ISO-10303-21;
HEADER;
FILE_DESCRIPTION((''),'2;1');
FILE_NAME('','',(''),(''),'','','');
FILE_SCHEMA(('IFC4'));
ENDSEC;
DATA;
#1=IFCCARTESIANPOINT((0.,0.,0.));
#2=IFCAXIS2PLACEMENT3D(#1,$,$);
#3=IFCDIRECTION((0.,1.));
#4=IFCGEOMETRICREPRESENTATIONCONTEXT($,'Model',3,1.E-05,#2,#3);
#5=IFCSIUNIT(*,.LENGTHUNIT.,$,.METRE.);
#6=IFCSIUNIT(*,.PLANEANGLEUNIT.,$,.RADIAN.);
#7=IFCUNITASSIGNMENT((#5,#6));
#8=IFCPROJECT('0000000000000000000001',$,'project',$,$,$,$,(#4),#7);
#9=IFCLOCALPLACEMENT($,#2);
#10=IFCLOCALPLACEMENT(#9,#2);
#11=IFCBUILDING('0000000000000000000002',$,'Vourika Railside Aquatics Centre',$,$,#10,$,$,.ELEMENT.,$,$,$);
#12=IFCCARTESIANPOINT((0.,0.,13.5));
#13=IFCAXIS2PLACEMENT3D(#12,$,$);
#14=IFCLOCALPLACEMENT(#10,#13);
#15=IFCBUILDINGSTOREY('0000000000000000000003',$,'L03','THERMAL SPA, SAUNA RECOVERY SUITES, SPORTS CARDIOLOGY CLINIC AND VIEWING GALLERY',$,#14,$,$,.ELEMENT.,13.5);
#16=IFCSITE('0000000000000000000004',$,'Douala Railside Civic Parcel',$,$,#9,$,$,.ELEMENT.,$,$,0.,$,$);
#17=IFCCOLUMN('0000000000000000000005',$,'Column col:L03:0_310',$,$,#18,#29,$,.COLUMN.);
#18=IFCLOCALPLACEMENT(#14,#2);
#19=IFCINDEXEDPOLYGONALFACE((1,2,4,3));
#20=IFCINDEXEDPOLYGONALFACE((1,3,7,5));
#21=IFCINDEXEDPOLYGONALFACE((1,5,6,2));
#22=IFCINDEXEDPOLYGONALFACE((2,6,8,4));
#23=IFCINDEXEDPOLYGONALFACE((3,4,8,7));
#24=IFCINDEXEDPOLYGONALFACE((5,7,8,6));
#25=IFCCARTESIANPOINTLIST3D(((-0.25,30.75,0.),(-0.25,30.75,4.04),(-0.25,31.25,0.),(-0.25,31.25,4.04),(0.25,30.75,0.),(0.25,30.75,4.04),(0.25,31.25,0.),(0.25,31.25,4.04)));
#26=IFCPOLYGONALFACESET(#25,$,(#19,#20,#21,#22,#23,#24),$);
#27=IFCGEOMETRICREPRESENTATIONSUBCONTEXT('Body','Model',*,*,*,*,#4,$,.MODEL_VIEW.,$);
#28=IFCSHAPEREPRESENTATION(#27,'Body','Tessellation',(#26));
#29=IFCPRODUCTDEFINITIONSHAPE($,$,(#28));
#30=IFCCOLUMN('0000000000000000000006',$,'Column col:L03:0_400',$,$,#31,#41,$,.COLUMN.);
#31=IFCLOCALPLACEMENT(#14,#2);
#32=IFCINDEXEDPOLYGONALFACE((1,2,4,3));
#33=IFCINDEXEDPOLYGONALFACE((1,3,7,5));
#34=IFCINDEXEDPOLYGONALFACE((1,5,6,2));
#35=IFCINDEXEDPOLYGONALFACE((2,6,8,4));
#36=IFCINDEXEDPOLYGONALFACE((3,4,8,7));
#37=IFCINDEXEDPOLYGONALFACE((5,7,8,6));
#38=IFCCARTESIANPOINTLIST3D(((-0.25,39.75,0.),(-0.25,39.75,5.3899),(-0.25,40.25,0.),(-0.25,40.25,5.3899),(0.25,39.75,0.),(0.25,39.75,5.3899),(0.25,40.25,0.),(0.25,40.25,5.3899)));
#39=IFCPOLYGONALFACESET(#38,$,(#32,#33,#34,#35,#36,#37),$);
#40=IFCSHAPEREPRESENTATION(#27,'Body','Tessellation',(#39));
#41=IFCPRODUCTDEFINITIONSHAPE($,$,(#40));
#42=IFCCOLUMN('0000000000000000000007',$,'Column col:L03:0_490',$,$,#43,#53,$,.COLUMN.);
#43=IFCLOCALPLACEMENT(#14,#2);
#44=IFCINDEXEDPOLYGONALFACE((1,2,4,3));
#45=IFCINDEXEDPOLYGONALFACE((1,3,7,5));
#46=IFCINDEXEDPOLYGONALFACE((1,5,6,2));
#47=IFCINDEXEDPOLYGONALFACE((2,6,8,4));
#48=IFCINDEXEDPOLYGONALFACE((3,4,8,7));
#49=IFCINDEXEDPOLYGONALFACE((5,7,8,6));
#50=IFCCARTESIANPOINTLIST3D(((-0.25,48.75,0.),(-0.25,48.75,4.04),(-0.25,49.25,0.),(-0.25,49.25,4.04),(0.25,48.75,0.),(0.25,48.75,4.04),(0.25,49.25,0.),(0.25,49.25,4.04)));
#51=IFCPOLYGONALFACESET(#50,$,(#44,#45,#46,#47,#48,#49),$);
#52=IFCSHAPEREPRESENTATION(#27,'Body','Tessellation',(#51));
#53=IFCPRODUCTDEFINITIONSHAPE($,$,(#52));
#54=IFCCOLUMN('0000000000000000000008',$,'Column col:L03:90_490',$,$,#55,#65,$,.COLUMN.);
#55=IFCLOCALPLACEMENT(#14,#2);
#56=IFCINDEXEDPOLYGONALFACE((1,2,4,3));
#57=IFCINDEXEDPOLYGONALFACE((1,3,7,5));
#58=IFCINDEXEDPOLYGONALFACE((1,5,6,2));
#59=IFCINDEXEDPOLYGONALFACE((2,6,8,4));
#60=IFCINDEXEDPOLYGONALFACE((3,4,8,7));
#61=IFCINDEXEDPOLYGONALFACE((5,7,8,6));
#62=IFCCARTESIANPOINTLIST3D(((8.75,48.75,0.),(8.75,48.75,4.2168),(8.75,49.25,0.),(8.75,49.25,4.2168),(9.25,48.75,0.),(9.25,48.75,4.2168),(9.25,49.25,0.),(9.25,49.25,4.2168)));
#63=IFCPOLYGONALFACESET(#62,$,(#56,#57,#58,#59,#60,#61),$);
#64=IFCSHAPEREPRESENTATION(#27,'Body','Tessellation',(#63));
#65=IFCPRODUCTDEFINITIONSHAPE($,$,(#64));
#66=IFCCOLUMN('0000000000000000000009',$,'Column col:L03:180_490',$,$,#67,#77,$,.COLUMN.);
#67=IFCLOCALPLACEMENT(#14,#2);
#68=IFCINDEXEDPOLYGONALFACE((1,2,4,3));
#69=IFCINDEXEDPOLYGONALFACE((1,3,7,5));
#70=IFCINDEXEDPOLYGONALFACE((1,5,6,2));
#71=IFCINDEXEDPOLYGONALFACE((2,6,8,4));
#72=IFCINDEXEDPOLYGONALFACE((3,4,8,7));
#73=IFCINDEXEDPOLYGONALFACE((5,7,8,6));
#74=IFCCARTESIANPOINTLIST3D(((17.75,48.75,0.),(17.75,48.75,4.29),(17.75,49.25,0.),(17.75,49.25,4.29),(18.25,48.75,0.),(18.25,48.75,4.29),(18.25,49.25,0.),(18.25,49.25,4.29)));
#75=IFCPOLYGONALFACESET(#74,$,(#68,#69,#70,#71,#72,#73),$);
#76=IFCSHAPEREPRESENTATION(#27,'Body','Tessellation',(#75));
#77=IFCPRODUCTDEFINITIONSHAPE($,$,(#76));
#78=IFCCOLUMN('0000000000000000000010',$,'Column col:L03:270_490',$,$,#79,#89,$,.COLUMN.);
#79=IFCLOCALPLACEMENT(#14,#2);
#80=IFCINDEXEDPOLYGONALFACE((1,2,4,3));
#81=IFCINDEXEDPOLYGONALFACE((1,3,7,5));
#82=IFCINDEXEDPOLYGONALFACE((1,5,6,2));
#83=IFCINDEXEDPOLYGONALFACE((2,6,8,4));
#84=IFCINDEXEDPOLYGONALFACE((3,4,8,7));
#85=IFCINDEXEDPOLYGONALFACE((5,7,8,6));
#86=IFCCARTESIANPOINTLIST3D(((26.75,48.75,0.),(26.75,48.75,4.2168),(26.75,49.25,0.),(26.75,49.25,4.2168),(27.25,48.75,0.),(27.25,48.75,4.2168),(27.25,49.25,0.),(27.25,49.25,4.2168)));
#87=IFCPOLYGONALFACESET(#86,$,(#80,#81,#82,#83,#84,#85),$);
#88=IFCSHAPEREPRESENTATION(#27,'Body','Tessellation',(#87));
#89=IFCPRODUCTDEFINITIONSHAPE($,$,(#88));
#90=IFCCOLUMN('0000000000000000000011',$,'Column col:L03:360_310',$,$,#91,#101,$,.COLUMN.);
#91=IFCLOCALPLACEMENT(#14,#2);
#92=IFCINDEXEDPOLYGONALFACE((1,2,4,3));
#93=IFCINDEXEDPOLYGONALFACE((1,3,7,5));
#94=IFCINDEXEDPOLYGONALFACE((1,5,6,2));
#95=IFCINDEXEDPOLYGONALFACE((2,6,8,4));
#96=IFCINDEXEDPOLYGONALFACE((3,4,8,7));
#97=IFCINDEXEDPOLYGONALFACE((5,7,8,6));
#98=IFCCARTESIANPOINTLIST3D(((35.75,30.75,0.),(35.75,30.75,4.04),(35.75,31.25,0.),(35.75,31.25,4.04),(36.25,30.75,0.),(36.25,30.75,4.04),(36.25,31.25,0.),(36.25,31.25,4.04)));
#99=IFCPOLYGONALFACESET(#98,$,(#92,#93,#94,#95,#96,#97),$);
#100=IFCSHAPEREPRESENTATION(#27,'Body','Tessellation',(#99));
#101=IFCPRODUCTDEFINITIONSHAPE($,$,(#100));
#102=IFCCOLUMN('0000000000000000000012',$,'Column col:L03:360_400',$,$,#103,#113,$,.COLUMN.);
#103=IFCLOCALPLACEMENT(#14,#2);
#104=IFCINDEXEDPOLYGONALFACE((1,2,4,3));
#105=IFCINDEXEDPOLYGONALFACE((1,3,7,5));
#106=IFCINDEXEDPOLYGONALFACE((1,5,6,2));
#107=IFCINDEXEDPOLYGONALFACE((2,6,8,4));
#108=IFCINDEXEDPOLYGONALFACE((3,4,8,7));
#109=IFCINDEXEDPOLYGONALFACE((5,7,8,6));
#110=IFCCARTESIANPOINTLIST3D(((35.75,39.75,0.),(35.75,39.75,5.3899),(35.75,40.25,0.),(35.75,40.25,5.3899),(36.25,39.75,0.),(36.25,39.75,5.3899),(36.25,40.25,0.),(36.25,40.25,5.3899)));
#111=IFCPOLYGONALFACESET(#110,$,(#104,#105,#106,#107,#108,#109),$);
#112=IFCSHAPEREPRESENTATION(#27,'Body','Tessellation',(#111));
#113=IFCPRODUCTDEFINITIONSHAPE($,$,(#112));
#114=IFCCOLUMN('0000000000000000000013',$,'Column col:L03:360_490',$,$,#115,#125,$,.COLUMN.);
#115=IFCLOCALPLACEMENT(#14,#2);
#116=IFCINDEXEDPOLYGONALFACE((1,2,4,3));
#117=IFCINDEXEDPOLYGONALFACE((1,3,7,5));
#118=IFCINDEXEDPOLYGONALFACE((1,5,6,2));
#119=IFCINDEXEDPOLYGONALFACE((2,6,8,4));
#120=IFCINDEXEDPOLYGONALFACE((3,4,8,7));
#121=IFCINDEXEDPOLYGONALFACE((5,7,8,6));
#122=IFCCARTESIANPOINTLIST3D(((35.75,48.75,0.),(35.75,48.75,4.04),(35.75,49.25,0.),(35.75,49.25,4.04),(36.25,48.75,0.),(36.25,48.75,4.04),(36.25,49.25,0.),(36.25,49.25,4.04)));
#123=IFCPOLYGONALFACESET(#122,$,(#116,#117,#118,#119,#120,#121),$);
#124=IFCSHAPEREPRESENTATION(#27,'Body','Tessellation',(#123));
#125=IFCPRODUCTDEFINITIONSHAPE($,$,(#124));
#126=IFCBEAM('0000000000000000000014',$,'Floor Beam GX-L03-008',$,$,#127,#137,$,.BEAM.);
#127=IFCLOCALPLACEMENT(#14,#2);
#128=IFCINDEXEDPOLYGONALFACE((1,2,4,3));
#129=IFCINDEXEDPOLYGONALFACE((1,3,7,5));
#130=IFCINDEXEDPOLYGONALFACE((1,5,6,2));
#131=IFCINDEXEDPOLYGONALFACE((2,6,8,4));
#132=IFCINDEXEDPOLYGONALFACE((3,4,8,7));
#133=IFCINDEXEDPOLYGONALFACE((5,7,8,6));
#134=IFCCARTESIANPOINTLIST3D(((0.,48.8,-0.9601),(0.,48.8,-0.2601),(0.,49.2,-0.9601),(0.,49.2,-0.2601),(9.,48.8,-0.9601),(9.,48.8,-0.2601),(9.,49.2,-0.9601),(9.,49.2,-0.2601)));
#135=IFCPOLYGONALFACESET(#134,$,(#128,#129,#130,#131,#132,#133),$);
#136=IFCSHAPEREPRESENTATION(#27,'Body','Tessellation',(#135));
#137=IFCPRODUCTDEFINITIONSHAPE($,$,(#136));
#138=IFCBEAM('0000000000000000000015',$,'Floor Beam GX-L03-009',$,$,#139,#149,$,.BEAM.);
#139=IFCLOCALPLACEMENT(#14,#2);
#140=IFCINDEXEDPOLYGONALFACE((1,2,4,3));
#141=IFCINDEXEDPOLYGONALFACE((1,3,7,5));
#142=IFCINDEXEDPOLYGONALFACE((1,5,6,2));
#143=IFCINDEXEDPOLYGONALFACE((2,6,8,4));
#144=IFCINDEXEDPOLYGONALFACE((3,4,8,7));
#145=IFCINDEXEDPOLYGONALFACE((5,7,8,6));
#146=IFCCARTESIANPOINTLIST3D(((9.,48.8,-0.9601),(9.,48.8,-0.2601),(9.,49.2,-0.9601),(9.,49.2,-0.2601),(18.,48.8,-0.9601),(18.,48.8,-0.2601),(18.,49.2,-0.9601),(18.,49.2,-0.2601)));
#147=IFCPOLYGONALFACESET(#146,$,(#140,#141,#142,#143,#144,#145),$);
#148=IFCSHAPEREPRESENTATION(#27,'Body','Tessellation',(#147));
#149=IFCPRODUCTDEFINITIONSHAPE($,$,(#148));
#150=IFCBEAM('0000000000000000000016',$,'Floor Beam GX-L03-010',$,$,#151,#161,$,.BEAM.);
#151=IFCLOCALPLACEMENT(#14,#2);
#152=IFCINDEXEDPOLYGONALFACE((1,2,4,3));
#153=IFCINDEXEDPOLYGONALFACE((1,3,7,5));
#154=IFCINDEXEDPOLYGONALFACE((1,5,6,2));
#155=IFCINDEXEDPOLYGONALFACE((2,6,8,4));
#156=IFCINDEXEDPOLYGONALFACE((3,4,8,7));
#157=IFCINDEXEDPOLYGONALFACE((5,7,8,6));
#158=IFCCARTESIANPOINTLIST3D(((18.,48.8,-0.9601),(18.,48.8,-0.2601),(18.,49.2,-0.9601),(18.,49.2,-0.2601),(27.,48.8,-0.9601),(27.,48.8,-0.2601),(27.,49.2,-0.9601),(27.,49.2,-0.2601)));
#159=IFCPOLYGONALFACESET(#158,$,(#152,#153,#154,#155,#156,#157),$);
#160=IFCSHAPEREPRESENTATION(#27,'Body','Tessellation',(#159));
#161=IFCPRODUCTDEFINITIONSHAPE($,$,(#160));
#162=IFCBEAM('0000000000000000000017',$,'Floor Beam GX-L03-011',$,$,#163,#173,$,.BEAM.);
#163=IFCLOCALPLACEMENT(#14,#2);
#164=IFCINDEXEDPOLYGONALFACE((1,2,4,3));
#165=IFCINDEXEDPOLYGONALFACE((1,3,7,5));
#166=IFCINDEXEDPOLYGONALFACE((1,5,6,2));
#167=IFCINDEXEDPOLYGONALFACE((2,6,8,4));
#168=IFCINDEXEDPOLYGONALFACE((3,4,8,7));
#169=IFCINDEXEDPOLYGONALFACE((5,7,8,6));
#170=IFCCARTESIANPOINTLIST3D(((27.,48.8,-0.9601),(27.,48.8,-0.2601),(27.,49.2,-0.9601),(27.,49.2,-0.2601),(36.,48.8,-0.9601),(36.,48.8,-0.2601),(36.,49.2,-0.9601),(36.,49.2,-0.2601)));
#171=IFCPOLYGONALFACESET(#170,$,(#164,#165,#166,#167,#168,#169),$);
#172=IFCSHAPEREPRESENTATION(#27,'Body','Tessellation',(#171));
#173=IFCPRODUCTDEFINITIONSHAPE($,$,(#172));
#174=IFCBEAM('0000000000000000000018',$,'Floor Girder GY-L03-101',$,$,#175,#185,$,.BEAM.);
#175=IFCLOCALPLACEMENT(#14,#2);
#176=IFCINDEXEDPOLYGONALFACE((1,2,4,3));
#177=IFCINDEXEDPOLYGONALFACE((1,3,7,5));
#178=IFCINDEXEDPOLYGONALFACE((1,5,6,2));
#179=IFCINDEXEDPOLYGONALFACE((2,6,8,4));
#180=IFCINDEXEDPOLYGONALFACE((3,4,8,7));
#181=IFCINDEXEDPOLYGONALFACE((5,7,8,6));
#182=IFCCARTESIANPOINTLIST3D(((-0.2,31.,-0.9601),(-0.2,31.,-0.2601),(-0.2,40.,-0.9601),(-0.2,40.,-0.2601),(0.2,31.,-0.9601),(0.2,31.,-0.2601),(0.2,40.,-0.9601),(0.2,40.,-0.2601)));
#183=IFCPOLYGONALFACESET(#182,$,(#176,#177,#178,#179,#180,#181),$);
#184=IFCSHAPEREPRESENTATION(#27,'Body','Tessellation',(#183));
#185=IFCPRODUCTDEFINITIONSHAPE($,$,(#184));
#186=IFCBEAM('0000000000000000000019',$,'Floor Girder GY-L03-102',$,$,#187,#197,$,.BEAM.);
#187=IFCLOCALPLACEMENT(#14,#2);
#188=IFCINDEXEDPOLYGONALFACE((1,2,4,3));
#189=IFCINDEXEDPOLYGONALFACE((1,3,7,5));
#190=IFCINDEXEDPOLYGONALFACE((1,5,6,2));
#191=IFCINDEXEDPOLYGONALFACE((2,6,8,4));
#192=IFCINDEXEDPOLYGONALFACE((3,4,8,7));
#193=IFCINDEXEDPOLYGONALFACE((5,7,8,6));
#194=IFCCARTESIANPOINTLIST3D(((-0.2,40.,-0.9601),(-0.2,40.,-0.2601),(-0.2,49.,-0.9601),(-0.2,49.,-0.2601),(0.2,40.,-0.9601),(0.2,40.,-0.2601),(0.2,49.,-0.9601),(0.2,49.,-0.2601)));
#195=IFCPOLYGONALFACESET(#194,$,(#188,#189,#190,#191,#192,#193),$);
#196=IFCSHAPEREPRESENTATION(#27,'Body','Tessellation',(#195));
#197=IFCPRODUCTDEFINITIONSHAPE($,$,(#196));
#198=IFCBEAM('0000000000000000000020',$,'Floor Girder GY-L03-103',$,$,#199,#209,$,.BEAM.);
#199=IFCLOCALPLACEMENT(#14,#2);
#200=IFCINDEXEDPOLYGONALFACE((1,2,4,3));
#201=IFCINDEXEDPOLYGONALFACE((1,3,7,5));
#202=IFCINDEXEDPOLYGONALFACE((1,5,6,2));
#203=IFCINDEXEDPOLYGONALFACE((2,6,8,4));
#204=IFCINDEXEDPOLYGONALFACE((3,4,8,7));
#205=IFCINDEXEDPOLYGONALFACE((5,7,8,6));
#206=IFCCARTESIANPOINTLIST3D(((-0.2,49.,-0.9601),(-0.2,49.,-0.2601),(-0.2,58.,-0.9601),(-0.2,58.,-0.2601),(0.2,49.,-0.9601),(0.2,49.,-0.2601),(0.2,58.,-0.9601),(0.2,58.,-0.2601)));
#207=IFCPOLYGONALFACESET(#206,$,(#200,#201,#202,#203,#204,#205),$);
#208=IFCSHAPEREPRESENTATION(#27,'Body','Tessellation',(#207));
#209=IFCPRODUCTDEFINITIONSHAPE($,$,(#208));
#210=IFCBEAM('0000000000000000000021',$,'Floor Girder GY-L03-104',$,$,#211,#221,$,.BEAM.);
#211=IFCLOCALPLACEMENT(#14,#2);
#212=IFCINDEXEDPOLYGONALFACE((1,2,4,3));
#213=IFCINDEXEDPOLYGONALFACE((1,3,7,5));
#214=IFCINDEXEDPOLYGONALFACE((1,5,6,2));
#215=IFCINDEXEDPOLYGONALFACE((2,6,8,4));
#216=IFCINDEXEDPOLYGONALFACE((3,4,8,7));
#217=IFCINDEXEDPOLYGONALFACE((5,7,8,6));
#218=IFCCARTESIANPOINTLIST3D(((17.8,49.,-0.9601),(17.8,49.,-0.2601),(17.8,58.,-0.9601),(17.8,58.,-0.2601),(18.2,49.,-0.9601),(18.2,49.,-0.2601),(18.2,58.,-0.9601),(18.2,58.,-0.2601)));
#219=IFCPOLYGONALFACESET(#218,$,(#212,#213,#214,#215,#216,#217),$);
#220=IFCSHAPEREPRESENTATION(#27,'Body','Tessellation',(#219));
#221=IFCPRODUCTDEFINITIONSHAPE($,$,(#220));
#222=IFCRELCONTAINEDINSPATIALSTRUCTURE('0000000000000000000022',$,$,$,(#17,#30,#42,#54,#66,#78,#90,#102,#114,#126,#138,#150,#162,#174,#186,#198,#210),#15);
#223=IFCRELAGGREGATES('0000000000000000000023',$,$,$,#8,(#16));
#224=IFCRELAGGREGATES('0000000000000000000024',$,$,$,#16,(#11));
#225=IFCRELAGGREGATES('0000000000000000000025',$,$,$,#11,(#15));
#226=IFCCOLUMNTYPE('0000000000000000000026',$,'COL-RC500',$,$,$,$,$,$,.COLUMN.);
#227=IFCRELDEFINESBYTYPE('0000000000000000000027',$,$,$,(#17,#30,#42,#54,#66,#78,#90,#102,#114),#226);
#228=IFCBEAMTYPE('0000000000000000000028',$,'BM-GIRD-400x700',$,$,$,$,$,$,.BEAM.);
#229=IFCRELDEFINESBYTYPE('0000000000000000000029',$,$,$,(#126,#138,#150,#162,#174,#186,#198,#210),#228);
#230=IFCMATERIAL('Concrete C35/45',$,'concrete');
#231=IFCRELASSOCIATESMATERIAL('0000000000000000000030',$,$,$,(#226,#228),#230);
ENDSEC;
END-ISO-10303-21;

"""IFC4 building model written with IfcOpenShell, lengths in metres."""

from ifc_helpers import new_model, si_unit, direction, frame, origin, origin_2d, place, context, subcontext, project, spatial, rectangle, extrude, material, material_profile, profile_set, type_object, element, save


model = new_model("IFC4")

# Units and contexts
model_context = context("Model", 3, precision=1e-05, world=origin(), true_north=direction((0.0, 1.0)))
body_context = subcontext(model_context, "Body", "Model", "MODEL_VIEW")
ifc_project = project(units=[si_unit("LENGTHUNIT", "METRE"), si_unit("PLANEANGLEUNIT", "RADIAN")], contexts=[model_context])

# Site, building, storey
site_placement = place(None, origin())
site = spatial("IfcSite", under=ifc_project, at=site_placement, Name="Douala Railside Civic Parcel", CompositionType="ELEMENT", RefElevation=0.0)
building_placement = place(site_placement, origin())
building = spatial("IfcBuilding", under=site, at=building_placement, Name="Vourika Railside Aquatics Centre", CompositionType="ELEMENT")
storey_placement = place(building_placement, frame((0.0, 0.0, 13.5)))
storey = spatial("IfcBuildingStorey", under=building, at=storey_placement, Name="L03", Description="THERMAL SPA, SAUNA RECOVERY SUITES, SPORTS CARDIOLOGY CLINIC AND VIEWING GALLERY", CompositionType="ELEMENT", Elevation=13.5)

# Columns
ifc_material_1 = material(Name="Concrete C35/45", Category="concrete")
ifc_material_profile_1 = material_profile(ifc_material_1, rectangle(XDim=0.5, YDim=0.5, at=origin_2d()), Name="RC 500x500")
ifc_profile_set_1 = profile_set([ifc_material_profile_1], Name="Concrete C35/45")
column_type = type_object("IfcColumnType", Name="COL-RC500", PredefinedType="COLUMN", material=ifc_profile_set_1)
column_1_placement = place(storey_placement, frame((0.0, 31.0, 0.0), z_axis=(0.0, 0.0, 1.0), x_axis=(1.0, 0.0, 0.0)))
element("IfcColumn", 1, at=column_1_placement, inside=storey, type_object=column_type, Name="Column col:L03:0_310", PredefinedType="COLUMN", context=body_context, shape_type="SweptSolid", body=[
    extrude(rectangle(XDim=0.5, YDim=0.5, at=origin_2d()), origin(), (0.0, 0.0, 1.0), 4.04),
])
column_2_placement = place(storey_placement, frame((0.0, 40.0, 0.0), z_axis=(0.0, 0.0, 1.0), x_axis=(1.0, 0.0, 0.0)))
element("IfcColumn", 2, at=column_2_placement, inside=storey, type_object=column_type, Name="Column col:L03:0_400", PredefinedType="COLUMN", context=body_context, shape_type="SweptSolid", body=[
    extrude(rectangle(XDim=0.5, YDim=0.5, at=origin_2d()), origin(), (0.0, 0.0, 1.0), 5.3899),
])
column_3_placement = place(storey_placement, frame((0.0, 49.0, 0.0), z_axis=(0.0, 0.0, 1.0), x_axis=(1.0, 0.0, 0.0)))
element("IfcColumn", 3, at=column_3_placement, inside=storey, type_object=column_type, Name="Column col:L03:0_490", PredefinedType="COLUMN", context=body_context, shape_type="SweptSolid", body=[
    extrude(rectangle(XDim=0.5, YDim=0.5, at=origin_2d()), origin(), (0.0, 0.0, 1.0), 4.04),
])
column_4_placement = place(storey_placement, frame((9.0, 49.0, 0.0), z_axis=(0.0, 0.0, 1.0), x_axis=(1.0, 0.0, 0.0)))
element("IfcColumn", 4, at=column_4_placement, inside=storey, type_object=column_type, Name="Column col:L03:90_490", PredefinedType="COLUMN", context=body_context, shape_type="SweptSolid", body=[
    extrude(rectangle(XDim=0.5, YDim=0.5, at=origin_2d()), origin(), (0.0, 0.0, 1.0), 4.2168),
])
column_5_placement = place(storey_placement, frame((18.0, 49.0, 0.0), z_axis=(0.0, 0.0, 1.0), x_axis=(1.0, 0.0, 0.0)))
element("IfcColumn", 5, at=column_5_placement, inside=storey, type_object=column_type, Name="Column col:L03:180_490", PredefinedType="COLUMN", context=body_context, shape_type="SweptSolid", body=[
    extrude(rectangle(XDim=0.5, YDim=0.5, at=origin_2d()), origin(), (0.0, 0.0, 1.0), 4.29),
])
column_6_placement = place(storey_placement, frame((27.0, 49.0, 0.0), z_axis=(0.0, 0.0, 1.0), x_axis=(1.0, 0.0, 0.0)))
element("IfcColumn", 6, at=column_6_placement, inside=storey, type_object=column_type, Name="Column col:L03:270_490", PredefinedType="COLUMN", context=body_context, shape_type="SweptSolid", body=[
    extrude(rectangle(XDim=0.5, YDim=0.5, at=origin_2d()), origin(), (0.0, 0.0, 1.0), 4.2168),
])
column_7_placement = place(storey_placement, frame((36.0, 31.0, 0.0), z_axis=(0.0, 0.0, 1.0), x_axis=(1.0, 0.0, 0.0)))
element("IfcColumn", 7, at=column_7_placement, inside=storey, type_object=column_type, Name="Column col:L03:360_310", PredefinedType="COLUMN", context=body_context, shape_type="SweptSolid", body=[
    extrude(rectangle(XDim=0.5, YDim=0.5, at=origin_2d()), origin(), (0.0, 0.0, 1.0), 4.04),
])
column_8_placement = place(storey_placement, frame((36.0, 40.0, 0.0), z_axis=(0.0, 0.0, 1.0), x_axis=(1.0, 0.0, 0.0)))
element("IfcColumn", 8, at=column_8_placement, inside=storey, type_object=column_type, Name="Column col:L03:360_400", PredefinedType="COLUMN", context=body_context, shape_type="SweptSolid", body=[
    extrude(rectangle(XDim=0.5, YDim=0.5, at=origin_2d()), origin(), (0.0, 0.0, 1.0), 5.3899),
])
column_9_placement = place(storey_placement, frame((36.0, 49.0, 0.0), z_axis=(0.0, 0.0, 1.0), x_axis=(1.0, 0.0, 0.0)))
element("IfcColumn", 9, at=column_9_placement, inside=storey, type_object=column_type, Name="Column col:L03:360_490", PredefinedType="COLUMN", context=body_context, shape_type="SweptSolid", body=[
    extrude(rectangle(XDim=0.5, YDim=0.5, at=origin_2d()), origin(), (0.0, 0.0, 1.0), 4.04),
])

# Beams
ifc_material_profile_2 = material_profile(ifc_material_1, rectangle(XDim=0.3999, YDim=0.7, at=origin_2d()), Name="RC 400x700")
ifc_profile_set_2 = profile_set([ifc_material_profile_2], Name="Concrete C35/45")
beam_type_1 = type_object("IfcBeamType", Name="BM-GIRD-400x700", PredefinedType="BEAM", material=ifc_profile_set_2)
for number, where, z_axis, x_axis, name in (
    (10, (0.0, 49.0, -0.6101), (1.0, 0.0, 0.0), (0.0, 1.0, 0.0), "Floor Beam GX-L03-008"),
    (11, (9.0, 49.0, -0.6101), (1.0, 0.0, 0.0), (0.0, 1.0, 0.0), "Floor Beam GX-L03-009"),
    (12, (18.0, 49.0, -0.6101), (1.0, 0.0, 0.0), (0.0, 1.0, 0.0), "Floor Beam GX-L03-010"),
    (13, (27.0, 49.0, -0.6101), (1.0, 0.0, 0.0), (0.0, 1.0, 0.0), "Floor Beam GX-L03-011"),
    (14, (0.0, 31.0, -0.6101), (0.0, 1.0, 0.0), (-1.0, 0.0, 0.0), "Floor Girder GY-L03-101"),
    (15, (0.0, 40.0, -0.6101), (0.0, 1.0, 0.0), (-1.0, 0.0, 0.0), "Floor Girder GY-L03-102"),
    (16, (0.0, 49.0, -0.6101), (0.0, 1.0, 0.0), (-1.0, 0.0, 0.0), "Floor Girder GY-L03-103"),
    (17, (18.0, 49.0, -0.6101), (0.0, 1.0, 0.0), (-1.0, 0.0, 0.0), "Floor Girder GY-L03-104"),
):
    element("IfcBeam", number, at=place(storey_placement, frame(where, z_axis=z_axis, x_axis=x_axis)), inside=storey, type_object=beam_type_1, Name=name, PredefinedType="BEAM", context=body_context, shape_type="SweptSolid", body=[
        extrude(rectangle(XDim=0.3999, YDim=0.7, at=origin_2d()), origin(), (0.0, 0.0, 1.0), 9.0),
    ])

save(model, "model.ifc")
